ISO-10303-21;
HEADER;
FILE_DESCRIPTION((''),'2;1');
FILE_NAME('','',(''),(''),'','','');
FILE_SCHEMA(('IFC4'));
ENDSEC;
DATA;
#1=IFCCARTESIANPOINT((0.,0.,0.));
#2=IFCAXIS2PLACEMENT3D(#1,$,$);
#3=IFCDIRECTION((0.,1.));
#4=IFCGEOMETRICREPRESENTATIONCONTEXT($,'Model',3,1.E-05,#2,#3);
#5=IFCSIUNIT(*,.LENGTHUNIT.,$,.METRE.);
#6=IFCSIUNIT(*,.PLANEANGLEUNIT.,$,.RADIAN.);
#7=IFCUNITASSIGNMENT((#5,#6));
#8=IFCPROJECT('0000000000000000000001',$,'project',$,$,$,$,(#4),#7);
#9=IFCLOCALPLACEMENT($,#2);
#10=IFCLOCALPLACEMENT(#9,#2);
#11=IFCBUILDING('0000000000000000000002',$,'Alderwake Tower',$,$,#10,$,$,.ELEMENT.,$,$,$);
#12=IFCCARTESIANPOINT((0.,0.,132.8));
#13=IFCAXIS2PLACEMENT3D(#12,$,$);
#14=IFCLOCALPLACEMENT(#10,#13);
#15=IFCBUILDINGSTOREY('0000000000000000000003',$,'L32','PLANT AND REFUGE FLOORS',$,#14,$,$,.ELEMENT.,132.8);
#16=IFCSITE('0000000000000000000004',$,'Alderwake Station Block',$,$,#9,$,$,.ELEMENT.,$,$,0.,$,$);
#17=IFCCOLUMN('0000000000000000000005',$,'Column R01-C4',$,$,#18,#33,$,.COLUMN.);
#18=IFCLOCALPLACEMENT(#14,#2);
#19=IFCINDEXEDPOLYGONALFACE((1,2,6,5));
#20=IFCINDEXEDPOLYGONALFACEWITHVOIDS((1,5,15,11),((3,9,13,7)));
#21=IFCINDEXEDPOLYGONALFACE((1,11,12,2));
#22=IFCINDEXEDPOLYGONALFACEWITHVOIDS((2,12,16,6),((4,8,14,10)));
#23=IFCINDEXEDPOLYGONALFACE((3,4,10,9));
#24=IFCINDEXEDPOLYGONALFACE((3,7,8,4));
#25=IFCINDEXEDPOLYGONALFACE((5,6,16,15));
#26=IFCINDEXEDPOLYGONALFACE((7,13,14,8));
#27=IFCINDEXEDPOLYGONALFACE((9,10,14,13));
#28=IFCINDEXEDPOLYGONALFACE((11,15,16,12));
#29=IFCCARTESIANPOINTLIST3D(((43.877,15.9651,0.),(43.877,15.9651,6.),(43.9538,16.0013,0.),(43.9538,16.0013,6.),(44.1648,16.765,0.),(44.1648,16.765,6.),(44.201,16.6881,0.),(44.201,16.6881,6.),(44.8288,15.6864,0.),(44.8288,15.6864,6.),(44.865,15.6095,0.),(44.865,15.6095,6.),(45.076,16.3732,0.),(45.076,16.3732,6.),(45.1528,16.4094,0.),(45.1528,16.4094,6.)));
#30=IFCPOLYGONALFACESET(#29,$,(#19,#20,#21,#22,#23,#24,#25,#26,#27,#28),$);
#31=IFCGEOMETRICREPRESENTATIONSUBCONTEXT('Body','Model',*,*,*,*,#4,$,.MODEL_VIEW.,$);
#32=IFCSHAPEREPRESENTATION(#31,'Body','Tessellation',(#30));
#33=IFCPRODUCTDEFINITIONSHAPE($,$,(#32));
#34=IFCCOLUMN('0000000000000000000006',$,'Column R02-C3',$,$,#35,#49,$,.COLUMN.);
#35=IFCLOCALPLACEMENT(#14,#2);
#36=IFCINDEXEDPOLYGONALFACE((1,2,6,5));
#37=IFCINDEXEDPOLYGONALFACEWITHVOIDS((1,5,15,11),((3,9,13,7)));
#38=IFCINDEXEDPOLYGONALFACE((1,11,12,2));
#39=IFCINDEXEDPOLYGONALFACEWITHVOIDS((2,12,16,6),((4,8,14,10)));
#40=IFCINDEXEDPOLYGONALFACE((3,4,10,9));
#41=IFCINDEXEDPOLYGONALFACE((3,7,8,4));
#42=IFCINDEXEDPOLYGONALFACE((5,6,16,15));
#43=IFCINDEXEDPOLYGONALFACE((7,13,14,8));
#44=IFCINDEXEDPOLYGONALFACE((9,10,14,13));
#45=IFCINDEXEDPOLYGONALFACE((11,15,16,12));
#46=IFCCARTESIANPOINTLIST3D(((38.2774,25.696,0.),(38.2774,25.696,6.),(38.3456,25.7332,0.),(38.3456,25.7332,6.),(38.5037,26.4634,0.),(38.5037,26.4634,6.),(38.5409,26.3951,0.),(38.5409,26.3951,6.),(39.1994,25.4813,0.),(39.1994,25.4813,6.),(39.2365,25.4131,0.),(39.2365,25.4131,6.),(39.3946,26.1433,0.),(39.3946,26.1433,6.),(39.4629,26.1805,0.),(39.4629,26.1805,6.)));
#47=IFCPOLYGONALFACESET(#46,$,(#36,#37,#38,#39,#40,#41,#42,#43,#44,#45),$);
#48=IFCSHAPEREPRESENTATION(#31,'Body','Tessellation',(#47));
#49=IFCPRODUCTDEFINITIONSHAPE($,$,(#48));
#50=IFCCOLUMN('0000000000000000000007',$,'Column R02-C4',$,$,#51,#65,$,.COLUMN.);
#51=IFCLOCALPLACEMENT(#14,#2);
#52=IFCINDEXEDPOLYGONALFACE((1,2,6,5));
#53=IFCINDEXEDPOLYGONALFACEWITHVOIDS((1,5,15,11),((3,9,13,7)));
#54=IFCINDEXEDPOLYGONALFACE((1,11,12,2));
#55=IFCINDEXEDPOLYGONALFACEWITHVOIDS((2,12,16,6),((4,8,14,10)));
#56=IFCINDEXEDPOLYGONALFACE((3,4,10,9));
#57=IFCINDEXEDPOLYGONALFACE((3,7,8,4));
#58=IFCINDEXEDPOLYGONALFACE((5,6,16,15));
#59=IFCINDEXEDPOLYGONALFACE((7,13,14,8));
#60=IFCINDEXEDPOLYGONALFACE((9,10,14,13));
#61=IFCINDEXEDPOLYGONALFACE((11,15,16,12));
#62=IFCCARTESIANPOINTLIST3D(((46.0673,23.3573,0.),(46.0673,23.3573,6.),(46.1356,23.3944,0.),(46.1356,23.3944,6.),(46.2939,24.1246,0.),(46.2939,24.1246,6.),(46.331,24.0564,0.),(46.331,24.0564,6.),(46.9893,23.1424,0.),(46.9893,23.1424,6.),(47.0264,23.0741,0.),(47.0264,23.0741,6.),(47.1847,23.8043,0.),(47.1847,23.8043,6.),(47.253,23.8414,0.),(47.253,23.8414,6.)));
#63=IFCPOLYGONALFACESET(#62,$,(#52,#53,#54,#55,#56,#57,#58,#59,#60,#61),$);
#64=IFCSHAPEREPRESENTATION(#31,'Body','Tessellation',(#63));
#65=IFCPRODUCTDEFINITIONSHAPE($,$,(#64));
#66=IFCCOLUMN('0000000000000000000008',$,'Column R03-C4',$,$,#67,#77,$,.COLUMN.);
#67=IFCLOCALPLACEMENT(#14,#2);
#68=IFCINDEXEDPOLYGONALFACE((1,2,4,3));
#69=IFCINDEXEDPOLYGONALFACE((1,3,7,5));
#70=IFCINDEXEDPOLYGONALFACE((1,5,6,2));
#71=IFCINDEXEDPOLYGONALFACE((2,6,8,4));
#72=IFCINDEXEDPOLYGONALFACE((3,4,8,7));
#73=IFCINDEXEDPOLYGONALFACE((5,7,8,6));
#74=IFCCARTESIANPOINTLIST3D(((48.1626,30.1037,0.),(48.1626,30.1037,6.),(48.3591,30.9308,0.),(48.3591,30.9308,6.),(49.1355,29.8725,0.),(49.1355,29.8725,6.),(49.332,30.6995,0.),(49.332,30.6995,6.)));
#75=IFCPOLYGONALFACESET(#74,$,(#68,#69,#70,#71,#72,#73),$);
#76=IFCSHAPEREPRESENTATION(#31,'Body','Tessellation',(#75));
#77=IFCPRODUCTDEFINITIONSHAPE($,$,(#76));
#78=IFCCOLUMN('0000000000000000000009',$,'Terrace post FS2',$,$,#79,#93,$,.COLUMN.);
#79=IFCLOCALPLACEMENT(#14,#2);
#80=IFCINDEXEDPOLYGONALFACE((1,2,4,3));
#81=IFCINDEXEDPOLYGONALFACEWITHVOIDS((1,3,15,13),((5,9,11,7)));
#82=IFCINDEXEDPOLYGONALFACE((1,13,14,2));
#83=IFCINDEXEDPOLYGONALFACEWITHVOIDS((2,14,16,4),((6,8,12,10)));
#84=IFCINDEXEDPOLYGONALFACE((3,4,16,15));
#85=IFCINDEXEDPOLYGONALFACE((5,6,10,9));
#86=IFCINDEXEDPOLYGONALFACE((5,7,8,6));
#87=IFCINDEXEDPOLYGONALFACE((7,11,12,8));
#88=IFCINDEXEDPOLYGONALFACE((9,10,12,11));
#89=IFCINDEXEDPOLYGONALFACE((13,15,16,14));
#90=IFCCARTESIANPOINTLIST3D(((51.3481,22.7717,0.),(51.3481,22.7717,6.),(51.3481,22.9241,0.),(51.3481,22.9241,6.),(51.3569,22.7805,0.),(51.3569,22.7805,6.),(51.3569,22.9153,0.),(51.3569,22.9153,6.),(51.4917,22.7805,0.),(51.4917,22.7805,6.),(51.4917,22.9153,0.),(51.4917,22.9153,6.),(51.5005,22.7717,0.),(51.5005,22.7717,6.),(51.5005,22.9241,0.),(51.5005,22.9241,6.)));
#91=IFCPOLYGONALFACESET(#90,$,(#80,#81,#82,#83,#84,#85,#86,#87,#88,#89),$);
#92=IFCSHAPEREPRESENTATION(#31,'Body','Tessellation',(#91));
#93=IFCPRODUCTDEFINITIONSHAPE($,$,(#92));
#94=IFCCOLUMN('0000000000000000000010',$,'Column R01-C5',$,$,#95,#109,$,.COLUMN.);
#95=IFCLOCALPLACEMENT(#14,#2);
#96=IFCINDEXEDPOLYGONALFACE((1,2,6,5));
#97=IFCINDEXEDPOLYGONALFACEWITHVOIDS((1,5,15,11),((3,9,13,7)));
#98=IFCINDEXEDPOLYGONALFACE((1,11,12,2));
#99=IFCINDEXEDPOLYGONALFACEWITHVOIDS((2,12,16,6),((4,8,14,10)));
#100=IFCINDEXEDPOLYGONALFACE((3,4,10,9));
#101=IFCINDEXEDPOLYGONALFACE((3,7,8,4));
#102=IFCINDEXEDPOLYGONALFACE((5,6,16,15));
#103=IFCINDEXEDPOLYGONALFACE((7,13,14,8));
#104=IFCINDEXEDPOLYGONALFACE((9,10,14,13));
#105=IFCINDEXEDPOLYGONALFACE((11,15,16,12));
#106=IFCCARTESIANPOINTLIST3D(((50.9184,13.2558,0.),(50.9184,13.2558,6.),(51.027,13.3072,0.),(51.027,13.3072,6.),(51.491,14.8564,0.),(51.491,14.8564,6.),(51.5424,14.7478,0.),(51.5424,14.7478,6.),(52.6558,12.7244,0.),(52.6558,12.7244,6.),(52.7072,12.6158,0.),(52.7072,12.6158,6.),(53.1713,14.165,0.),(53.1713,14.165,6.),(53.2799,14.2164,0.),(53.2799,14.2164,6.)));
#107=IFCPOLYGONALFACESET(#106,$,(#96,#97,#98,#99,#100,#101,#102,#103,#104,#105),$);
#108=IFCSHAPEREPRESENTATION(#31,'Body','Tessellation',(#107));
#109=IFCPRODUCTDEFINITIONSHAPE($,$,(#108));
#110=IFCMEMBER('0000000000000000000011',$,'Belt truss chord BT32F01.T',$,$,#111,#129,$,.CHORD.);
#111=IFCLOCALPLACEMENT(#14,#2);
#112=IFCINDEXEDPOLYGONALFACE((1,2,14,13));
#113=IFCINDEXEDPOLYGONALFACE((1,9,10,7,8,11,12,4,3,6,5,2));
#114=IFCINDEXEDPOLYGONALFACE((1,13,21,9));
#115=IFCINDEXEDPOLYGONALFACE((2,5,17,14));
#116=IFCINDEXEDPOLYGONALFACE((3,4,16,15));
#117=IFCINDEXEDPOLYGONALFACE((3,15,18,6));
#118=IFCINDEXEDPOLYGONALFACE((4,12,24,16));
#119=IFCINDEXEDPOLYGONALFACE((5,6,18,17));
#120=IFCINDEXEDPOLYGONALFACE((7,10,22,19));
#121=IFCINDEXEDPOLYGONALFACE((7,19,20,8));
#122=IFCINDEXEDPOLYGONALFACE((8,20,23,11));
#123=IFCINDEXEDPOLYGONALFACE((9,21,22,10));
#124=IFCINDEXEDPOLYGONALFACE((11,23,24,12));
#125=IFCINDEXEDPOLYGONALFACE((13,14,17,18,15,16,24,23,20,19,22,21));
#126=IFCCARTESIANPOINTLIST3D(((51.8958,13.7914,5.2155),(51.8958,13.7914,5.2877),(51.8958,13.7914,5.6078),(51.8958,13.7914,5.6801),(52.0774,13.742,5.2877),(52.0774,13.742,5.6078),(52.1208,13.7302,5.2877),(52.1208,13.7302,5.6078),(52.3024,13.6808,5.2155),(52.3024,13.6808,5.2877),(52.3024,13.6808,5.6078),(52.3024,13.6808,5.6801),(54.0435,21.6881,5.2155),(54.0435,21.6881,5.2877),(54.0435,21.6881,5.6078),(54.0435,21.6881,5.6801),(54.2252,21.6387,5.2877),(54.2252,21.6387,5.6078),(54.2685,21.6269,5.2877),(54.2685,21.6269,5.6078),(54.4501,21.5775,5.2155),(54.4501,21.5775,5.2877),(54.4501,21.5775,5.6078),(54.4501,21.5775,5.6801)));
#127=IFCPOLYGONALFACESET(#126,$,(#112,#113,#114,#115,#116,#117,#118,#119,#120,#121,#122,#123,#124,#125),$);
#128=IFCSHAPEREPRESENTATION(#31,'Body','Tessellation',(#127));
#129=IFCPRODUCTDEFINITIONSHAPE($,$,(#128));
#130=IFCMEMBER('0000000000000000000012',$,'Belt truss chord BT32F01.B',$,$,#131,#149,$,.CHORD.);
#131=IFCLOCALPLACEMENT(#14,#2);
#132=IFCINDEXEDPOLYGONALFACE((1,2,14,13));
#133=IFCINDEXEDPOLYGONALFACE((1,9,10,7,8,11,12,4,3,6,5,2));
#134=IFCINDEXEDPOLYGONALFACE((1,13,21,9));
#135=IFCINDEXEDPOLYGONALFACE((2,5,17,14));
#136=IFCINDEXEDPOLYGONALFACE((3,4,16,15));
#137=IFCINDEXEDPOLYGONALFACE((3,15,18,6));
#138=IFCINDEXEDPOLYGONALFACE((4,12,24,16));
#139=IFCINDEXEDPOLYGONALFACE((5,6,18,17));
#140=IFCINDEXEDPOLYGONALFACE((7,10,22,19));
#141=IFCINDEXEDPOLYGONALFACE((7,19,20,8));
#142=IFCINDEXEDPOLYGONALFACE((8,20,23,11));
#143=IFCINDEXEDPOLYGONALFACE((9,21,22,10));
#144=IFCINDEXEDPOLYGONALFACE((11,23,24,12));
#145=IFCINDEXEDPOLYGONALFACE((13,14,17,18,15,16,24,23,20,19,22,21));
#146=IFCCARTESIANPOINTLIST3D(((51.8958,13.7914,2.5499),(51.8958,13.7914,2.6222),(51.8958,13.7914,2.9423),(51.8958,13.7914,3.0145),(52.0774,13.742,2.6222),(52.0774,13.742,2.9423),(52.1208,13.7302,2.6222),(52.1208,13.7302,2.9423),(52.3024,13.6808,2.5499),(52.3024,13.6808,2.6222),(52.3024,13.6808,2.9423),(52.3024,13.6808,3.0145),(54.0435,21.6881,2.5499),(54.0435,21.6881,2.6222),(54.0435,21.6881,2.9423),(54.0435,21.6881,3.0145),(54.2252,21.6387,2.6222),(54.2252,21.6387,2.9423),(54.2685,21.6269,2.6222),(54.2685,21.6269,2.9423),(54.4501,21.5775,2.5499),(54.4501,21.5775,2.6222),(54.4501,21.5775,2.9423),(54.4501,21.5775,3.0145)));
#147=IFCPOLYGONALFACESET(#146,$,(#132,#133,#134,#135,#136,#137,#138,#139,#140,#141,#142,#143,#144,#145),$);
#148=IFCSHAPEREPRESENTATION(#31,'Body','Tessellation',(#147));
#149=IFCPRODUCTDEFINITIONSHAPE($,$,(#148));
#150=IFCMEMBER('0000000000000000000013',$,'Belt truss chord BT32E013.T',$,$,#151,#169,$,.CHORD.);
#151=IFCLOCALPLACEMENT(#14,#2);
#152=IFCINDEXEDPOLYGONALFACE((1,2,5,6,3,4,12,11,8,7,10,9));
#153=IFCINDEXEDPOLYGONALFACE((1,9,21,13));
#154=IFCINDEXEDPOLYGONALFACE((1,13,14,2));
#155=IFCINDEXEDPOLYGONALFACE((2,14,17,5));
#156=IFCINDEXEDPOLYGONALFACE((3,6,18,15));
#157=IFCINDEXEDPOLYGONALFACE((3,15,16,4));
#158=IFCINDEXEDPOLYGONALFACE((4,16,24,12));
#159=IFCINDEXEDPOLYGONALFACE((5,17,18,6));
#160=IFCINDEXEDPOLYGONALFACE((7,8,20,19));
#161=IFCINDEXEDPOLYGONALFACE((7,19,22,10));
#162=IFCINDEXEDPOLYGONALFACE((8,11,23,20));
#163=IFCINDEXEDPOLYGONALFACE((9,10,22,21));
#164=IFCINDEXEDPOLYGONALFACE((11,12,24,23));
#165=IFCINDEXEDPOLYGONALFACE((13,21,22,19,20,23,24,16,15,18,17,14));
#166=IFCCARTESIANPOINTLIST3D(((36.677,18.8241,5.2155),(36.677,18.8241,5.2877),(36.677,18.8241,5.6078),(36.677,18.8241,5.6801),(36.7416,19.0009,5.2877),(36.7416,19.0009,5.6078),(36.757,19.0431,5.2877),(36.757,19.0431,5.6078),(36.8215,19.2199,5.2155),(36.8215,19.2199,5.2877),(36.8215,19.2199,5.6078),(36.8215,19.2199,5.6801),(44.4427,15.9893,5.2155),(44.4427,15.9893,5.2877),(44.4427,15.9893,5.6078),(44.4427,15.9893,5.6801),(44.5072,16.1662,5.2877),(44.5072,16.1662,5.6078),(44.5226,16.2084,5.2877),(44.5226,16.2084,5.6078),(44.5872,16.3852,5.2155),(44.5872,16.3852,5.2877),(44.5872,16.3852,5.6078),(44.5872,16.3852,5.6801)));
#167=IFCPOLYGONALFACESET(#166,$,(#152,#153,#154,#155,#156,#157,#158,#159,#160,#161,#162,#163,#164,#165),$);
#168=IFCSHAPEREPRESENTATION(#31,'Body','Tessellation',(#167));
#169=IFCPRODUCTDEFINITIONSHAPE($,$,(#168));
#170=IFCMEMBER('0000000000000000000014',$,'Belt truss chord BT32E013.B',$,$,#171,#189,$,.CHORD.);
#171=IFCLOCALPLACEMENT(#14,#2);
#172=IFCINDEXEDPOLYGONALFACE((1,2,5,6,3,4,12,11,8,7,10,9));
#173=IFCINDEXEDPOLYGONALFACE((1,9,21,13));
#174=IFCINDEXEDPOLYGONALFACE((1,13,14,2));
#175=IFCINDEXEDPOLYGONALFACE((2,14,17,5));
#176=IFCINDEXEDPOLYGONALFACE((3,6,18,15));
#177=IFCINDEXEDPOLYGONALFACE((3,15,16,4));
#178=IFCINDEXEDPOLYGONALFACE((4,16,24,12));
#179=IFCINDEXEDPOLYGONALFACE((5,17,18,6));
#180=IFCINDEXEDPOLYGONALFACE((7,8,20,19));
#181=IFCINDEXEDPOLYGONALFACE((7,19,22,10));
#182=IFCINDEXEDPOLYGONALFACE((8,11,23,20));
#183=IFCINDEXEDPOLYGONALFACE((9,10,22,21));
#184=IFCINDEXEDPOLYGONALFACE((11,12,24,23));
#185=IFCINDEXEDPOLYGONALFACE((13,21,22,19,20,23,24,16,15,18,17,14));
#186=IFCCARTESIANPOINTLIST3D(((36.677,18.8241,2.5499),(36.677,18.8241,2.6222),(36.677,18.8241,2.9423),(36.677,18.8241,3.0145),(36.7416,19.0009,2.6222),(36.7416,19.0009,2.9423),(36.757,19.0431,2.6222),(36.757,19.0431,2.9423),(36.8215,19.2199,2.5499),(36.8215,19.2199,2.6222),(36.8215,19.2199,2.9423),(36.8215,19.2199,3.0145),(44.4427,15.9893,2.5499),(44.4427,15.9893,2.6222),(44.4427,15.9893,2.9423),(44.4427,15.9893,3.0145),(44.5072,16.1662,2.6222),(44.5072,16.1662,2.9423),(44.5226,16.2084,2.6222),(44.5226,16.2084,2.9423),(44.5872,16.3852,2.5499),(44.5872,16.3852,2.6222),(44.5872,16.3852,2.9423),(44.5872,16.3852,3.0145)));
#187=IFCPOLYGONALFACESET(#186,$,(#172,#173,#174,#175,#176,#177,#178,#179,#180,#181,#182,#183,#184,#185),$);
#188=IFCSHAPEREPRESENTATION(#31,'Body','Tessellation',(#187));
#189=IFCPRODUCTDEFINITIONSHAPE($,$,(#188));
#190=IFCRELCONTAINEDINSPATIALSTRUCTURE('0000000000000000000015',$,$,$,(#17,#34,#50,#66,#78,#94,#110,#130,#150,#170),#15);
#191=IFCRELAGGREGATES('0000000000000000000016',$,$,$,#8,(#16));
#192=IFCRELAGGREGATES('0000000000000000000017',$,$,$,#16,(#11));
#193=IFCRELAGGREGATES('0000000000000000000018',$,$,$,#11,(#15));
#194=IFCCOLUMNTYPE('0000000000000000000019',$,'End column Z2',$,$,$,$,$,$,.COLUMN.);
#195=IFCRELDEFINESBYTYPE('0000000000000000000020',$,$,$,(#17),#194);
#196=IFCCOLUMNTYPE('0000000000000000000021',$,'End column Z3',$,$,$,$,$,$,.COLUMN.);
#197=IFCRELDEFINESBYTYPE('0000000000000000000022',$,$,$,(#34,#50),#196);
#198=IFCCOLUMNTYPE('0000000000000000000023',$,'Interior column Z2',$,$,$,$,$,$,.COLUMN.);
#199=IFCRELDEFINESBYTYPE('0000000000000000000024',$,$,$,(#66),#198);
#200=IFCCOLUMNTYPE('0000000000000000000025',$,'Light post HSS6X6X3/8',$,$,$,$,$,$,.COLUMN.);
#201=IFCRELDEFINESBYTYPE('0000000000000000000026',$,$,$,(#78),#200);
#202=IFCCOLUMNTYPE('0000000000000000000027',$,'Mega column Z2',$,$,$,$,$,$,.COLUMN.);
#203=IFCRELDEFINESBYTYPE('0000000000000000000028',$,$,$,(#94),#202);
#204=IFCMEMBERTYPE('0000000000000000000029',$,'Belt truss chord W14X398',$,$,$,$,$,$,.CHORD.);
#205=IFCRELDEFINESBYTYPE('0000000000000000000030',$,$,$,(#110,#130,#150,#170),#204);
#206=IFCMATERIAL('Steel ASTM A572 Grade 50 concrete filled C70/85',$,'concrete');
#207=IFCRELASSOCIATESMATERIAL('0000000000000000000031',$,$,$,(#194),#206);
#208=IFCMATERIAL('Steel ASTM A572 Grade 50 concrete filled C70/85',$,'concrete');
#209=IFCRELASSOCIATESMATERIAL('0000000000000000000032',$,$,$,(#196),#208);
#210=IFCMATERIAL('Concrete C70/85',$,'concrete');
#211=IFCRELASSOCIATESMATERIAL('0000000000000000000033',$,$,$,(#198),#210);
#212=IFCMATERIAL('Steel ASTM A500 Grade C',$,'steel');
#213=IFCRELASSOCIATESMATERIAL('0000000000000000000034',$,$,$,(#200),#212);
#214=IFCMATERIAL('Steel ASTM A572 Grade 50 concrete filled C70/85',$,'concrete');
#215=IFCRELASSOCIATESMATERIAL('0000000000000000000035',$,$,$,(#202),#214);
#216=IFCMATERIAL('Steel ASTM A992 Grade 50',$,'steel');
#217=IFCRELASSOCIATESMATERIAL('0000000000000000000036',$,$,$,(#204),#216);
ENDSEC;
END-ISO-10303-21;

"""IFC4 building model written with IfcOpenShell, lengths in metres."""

from ifc_helpers import new_model, si_unit, direction, frame, origin, origin_2d, place, context, subcontext, project, spatial, rectangle, hollow_rectangle, i_section, extrude, material, material_profile, profile_set, type_object, element, save


model = new_model("IFC4")

# Units and contexts
model_context = context("Model", 3, precision=1e-05, world=origin(), true_north=direction((0.0, 1.0)))
body_context = subcontext(model_context, "Body", "Model", "MODEL_VIEW")
ifc_project = project(units=[si_unit("LENGTHUNIT", "METRE"), si_unit("PLANEANGLEUNIT", "RADIAN")], contexts=[model_context])

# Site, building, storey
site_placement = place(None, origin())
site = spatial("IfcSite", under=ifc_project, at=site_placement, Name="Alderwake Station Block", CompositionType="ELEMENT", RefElevation=0.0)
building_placement = place(site_placement, origin())
building = spatial("IfcBuilding", under=site, at=building_placement, Name="Alderwake Tower", CompositionType="ELEMENT")
storey_placement = place(building_placement, frame((0.0, 0.0, 132.8)))
storey = spatial("IfcBuildingStorey", under=building, at=storey_placement, Name="L32", Description="PLANT AND REFUGE FLOORS", CompositionType="ELEMENT", Elevation=132.8)

# Columns
ifc_material_1 = material(Name="Steel ASTM A572 Grade 50 concrete filled C70/85", Category="concrete")
ifc_material_profile_1 = material_profile(ifc_material_1, hollow_rectangle(XDim=0.8501, YDim=1.05, WallThickness=0.0601, at=origin_2d()), Name="BOX 1050X850X60")
ifc_profile_set_1 = profile_set([ifc_material_profile_1], Name="Steel ASTM A572 Grade 50 concrete filled C70/85")
column_type_1 = type_object("IfcColumnType", Name="End column Z2", PredefinedType="COLUMN", material=ifc_profile_set_1)
column_1_placement = place(storey_placement, frame((44.5149, 16.1873, 0.0), z_axis=(0.0, 0.0, 1.0), x_axis=(0.338634, 0.940918, 0.0)))
element("IfcColumn", 1, at=column_1_placement, inside=storey, type_object=column_type_1, Name="Column R01-C4", PredefinedType="COLUMN", context=body_context, shape_type="SweptSolid", body=[
    extrude(hollow_rectangle(XDim=0.8501, YDim=1.05, WallThickness=0.0601, at=origin_2d()), origin(), (0.0, 0.0, 1.0), 6.0),
])
ifc_material_2 = material(Name="Steel ASTM A572 Grade 50 concrete filled C70/85", Category="concrete")
ifc_material_profile_2 = material_profile(ifc_material_2, hollow_rectangle(XDim=0.8, YDim=1.0, WallThickness=0.0549, at=origin_2d()), Name="BOX 1000X800X55")
ifc_profile_set_2 = profile_set([ifc_material_profile_2], Name="Steel ASTM A572 Grade 50 concrete filled C70/85")
column_type_2 = type_object("IfcColumnType", Name="End column Z3", PredefinedType="COLUMN", material=ifc_profile_set_2)
for number, where, z_axis, x_axis, name in (
    (2, (38.8701, 25.9382, 0.0), (0.0, 0.0, 1.0), (0.282909, 0.959147, 0.0), "Column R02-C3"),
    (3, (46.6602, 23.5994, 0.0), (0.0, 0.0, 1.0), (0.283195, 0.959062, 0.0), "Column R02-C4"),
):
    element("IfcColumn", number, at=place(storey_placement, frame(where, z_axis=z_axis, x_axis=x_axis)), inside=storey, type_object=column_type_2, Name=name, PredefinedType="COLUMN", context=body_context, shape_type="SweptSolid", body=[
        extrude(hollow_rectangle(XDim=0.8, YDim=1.0, WallThickness=0.0549, at=origin_2d()), origin(), (0.0, 0.0, 1.0), 6.0),
    ])
ifc_material_3 = material(Name="Concrete C70/85", Category="concrete")
ifc_material_profile_3 = material_profile(ifc_material_3, rectangle(XDim=0.8501, YDim=1.0, at=origin_2d()), Name="RC 1000X850")
ifc_profile_set_3 = profile_set([ifc_material_profile_3], Name="Concrete C70/85")
column_type_3 = type_object("IfcColumnType", Name="Interior column Z2", PredefinedType="COLUMN", material=ifc_profile_set_3)
column_2_placement = place(storey_placement, frame((48.7473, 30.4016, 0.0), z_axis=(0.0, 0.0, 1.0), x_axis=(0.231222, 0.972901, 0.0)))
element("IfcColumn", 4, at=column_2_placement, inside=storey, type_object=column_type_3, Name="Column R03-C4", PredefinedType="COLUMN", context=body_context, shape_type="SweptSolid", body=[
    extrude(rectangle(XDim=0.8501, YDim=1.0, at=origin_2d()), origin(), (0.0, 0.0, 1.0), 6.0),
])
ifc_material_4 = material(Name="Steel ASTM A500 Grade C", Category="steel")
ifc_material_profile_4 = material_profile(ifc_material_4, hollow_rectangle(XDim=0.1523, YDim=0.1523, WallThickness=0.0088, at=origin_2d()), Name="HSS6X6X3/8")
ifc_profile_set_4 = profile_set([ifc_material_profile_4], Name="Steel ASTM A500 Grade C")
column_type_4 = type_object("IfcColumnType", Name="Light post HSS6X6X3/8", PredefinedType="COLUMN", material=ifc_profile_set_4)
column_3_placement = place(storey_placement, frame((51.4243, 22.8479, 0.0), z_axis=(0.0, 0.0, 1.0), x_axis=(1.0, 0.0, 0.0)))
element("IfcColumn", 5, at=column_3_placement, inside=storey, type_object=column_type_4, Name="Terrace post FS2", PredefinedType="COLUMN", context=body_context, shape_type="SweptSolid", body=[
    extrude(hollow_rectangle(XDim=0.1523, YDim=0.1523, WallThickness=0.0088, at=origin_2d()), origin(), (0.0, 0.0, 1.0), 6.0),
])
ifc_material_5 = material(Name="Steel ASTM A572 Grade 50 concrete filled C70/85", Category="concrete")
ifc_material_profile_5 = material_profile(ifc_material_5, hollow_rectangle(XDim=1.7, YDim=1.8999, WallThickness=0.085, at=origin_2d()), Name="BOX 1900X1700X85")
ifc_profile_set_5 = profile_set([ifc_material_profile_5], Name="Steel ASTM A572 Grade 50 concrete filled C70/85")
column_type_5 = type_object("IfcColumnType", Name="Mega column Z2", PredefinedType="COLUMN", material=ifc_profile_set_5)
column_4_placement = place(storey_placement, frame((52.0991, 13.7361, 0.0), z_axis=(0.0, 0.0, 1.0), x_axis=(0.336878, 0.941548, 0.0)))
element("IfcColumn", 6, at=column_4_placement, inside=storey, type_object=column_type_5, Name="Column R01-C5", PredefinedType="COLUMN", context=body_context, shape_type="SweptSolid", body=[
    extrude(hollow_rectangle(XDim=1.7, YDim=1.8999, WallThickness=0.085, at=origin_2d()), origin(), (0.0, 0.0, 1.0), 6.0),
])

# Members
ifc_material_6 = material(Name="Steel ASTM A992 Grade 50", Category="steel")
ifc_material_profile_6 = material_profile(ifc_material_6, i_section(OverallWidth=0.4214, OverallDepth=0.4646, WebThickness=0.0449, FlangeThickness=0.0723, at=origin_2d()), Name="W14X398")
ifc_profile_set_6 = profile_set([ifc_material_profile_6], Name="Steel ASTM A992 Grade 50")
member_type_1 = type_object("IfcMemberType", Name="Belt truss chord W14X398", PredefinedType="CHORD", material=ifc_profile_set_6)
for number, where, z_axis, x_axis, name in (
    (7, (52.0991, 13.7361, 5.4478), (0.262441, 0.964948, 0.0), (-0.964948, 0.262441, 0.0), "Belt truss chord BT32F01.T"),
    (8, (52.0991, 13.7361, 2.7822), (0.262441, 0.964948, 0.0), (-0.964948, 0.262441, 0.0), "Belt truss chord BT32F01.B"),
):
    element("IfcMember", number, at=place(storey_placement, frame(where, z_axis=z_axis, x_axis=x_axis)), inside=storey, type_object=member_type_1, Name=name, PredefinedType="CHORD", context=body_context, shape_type="SweptSolid", body=[
        extrude(i_section(OverallWidth=0.4214, OverallDepth=0.4646, WebThickness=0.0449, FlangeThickness=0.0723, at=origin_2d()), origin(), (0.0, 0.0, 1.0), 8.1836),
    ])
for number, where, z_axis, x_axis, name in (
    (9, (36.7493, 19.022, 5.4478), (0.939371, -0.342902, 0.0), (0.342902, 0.939371, 0.0), "Belt truss chord BT32E013.T"),
    (10, (36.7493, 19.022, 2.7822), (0.939371, -0.342902, 0.0), (0.342902, 0.939371, 0.0), "Belt truss chord BT32E013.B"),
):
    element("IfcMember", number, at=place(storey_placement, frame(where, z_axis=z_axis, x_axis=x_axis)), inside=storey, type_object=member_type_1, Name=name, PredefinedType="CHORD", context=body_context, shape_type="SweptSolid", body=[
        extrude(i_section(OverallWidth=0.4214, OverallDepth=0.4646, WebThickness=0.0449, FlangeThickness=0.0723, at=origin_2d()), origin(), (0.0, 0.0, 1.0), 8.2668),
    ])

save(model, "model.ifc")
